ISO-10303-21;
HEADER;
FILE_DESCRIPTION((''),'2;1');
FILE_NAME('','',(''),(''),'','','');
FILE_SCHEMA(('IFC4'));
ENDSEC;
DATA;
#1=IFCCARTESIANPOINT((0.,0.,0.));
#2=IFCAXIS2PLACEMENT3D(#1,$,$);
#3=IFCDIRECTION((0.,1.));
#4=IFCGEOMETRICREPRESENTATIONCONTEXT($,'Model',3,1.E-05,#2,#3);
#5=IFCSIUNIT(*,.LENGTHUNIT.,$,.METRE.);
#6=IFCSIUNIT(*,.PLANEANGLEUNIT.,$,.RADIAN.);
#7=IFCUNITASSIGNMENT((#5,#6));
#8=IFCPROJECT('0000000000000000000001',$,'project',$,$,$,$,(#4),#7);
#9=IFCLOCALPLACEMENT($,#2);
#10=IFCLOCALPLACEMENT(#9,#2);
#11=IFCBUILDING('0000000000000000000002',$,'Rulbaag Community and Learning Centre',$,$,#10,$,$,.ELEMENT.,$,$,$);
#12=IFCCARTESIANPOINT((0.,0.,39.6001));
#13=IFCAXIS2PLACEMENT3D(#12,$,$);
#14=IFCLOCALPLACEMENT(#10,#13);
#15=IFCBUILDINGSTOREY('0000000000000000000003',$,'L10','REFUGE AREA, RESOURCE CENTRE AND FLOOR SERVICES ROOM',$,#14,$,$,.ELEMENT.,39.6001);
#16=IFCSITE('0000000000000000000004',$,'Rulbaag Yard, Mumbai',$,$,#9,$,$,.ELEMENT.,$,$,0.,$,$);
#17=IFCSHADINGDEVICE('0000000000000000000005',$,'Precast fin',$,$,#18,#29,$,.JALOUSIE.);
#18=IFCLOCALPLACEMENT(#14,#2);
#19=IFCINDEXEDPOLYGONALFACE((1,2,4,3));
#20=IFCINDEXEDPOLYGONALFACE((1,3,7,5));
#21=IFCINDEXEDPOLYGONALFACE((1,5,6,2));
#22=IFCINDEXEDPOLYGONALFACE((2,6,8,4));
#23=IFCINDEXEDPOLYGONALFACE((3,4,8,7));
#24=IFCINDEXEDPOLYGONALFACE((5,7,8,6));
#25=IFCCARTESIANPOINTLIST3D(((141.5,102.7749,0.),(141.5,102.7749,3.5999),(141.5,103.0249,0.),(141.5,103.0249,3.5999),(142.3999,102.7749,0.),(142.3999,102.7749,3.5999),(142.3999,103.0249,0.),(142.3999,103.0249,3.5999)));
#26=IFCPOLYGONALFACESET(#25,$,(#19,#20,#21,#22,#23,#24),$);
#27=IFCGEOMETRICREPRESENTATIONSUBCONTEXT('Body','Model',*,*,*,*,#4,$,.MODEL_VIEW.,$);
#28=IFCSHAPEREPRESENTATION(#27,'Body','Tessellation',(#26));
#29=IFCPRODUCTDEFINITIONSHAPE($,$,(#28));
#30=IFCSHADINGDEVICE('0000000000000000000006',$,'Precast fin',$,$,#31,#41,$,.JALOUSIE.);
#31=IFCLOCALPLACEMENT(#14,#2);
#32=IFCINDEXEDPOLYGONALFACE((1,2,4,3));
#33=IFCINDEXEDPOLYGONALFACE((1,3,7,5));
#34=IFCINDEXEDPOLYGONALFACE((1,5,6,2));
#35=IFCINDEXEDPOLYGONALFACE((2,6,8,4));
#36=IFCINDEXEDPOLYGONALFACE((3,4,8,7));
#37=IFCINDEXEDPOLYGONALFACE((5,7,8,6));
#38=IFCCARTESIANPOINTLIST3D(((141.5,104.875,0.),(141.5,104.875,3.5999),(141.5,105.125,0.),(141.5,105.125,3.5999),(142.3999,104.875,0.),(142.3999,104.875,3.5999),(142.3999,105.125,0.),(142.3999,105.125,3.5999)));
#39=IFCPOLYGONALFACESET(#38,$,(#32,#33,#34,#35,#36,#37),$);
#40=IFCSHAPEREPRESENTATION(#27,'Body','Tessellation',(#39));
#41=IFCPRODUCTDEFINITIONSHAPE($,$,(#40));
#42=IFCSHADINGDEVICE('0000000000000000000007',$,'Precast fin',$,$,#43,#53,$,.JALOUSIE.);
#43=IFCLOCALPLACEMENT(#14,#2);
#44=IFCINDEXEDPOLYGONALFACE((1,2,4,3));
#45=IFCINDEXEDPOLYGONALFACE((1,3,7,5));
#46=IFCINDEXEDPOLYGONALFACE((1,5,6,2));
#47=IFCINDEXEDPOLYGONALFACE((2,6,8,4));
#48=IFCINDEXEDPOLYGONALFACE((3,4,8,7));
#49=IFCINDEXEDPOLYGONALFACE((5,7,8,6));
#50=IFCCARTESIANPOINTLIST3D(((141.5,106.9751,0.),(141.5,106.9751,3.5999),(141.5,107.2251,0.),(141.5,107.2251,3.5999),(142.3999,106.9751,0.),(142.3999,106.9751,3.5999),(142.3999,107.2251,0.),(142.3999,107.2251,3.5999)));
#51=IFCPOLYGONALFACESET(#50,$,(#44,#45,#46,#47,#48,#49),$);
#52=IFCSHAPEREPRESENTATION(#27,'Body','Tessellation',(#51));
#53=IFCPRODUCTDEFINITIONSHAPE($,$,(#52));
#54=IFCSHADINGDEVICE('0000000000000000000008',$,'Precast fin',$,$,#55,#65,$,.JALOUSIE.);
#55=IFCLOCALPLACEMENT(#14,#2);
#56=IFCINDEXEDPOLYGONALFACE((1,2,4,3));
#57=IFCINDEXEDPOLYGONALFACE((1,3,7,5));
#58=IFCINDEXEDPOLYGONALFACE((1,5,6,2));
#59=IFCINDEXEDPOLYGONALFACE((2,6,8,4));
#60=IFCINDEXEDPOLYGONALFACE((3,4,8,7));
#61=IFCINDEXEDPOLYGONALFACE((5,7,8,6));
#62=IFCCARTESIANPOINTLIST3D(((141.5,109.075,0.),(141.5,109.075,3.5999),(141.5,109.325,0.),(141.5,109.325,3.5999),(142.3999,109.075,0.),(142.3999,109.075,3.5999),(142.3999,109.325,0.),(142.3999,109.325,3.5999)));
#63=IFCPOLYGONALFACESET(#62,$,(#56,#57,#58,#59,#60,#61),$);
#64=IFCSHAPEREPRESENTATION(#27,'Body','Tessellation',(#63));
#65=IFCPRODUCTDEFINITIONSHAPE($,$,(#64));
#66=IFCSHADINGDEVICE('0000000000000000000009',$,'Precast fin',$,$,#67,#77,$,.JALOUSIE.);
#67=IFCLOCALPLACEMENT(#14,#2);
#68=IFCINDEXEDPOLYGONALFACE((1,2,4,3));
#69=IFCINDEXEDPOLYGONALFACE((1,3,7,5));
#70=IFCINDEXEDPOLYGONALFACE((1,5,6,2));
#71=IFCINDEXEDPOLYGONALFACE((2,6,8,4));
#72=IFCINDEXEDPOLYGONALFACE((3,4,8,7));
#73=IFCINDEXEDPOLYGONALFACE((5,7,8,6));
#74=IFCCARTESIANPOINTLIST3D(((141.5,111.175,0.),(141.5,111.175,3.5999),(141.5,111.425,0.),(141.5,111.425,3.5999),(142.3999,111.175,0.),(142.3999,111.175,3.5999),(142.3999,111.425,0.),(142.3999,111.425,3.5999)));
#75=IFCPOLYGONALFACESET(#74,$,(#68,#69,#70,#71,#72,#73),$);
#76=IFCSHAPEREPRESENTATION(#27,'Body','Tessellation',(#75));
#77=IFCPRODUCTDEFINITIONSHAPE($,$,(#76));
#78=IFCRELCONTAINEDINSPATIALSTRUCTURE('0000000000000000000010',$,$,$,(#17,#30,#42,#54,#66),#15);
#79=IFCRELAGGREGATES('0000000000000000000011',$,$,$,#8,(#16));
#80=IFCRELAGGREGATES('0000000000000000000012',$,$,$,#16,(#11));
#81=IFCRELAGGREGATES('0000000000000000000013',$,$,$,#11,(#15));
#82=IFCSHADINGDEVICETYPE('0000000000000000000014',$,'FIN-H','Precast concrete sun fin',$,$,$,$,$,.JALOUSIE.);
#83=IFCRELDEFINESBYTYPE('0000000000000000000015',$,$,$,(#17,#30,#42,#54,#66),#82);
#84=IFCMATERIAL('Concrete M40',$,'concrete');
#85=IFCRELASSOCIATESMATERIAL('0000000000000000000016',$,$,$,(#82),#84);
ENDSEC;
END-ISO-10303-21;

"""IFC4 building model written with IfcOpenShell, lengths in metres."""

from ifc_helpers import new_model, si_unit, direction, frame, origin, origin_2d, place, context, subcontext, project, spatial, rectangle, extrude, material, material_profile, profile_set, type_object, element, save


model = new_model("IFC4")

# Units and contexts
model_context = context("Model", 3, precision=1e-05, world=origin(), true_north=direction((0.0, 1.0)))
body_context = subcontext(model_context, "Body", "Model", "MODEL_VIEW")
ifc_project = project(units=[si_unit("LENGTHUNIT", "METRE"), si_unit("PLANEANGLEUNIT", "RADIAN")], contexts=[model_context])

# Site, building, storey
site_placement = place(None, origin())
site = spatial("IfcSite", under=ifc_project, at=site_placement, Name="Rulbaag Yard, Mumbai", CompositionType="ELEMENT", RefElevation=0.0)
building_placement = place(site_placement, origin())
building = spatial("IfcBuilding", under=site, at=building_placement, Name="Rulbaag Community and Learning Centre", CompositionType="ELEMENT")
storey_placement = place(building_placement, frame((0.0, 0.0, 39.6001)))
storey = spatial("IfcBuildingStorey", under=building, at=storey_placement, Name="L10", Description="REFUGE AREA, RESOURCE CENTRE AND FLOOR SERVICES ROOM", CompositionType="ELEMENT", Elevation=39.6001)

# Shared definitions
ifc_material = material(Name="Concrete M40", Category="concrete")

# Shading devices
ifc_material_profile = material_profile(ifc_material, rectangle(XDim=0.25, YDim=0.8999, at=origin_2d()), Name="PC 250x900")
ifc_profile_set = profile_set([ifc_material_profile], Name="Concrete M40")
shading_device_type_1 = type_object("IfcShadingDeviceType", Name="FIN-H", Description="Precast concrete sun fin", PredefinedType="JALOUSIE", material=ifc_profile_set)
for number, where, z_axis, x_axis, name in (
    (1, (141.95, 102.8999, 0.0), (0.0, 0.0, 1.0), (0.0, 1.0, 0.0), "Precast fin"),
    (2, (141.95, 105.0, 0.0), (0.0, 0.0, 1.0), (0.0, 1.0, 0.0), "Precast fin"),
    (3, (141.95, 107.1001, 0.0), (0.0, 0.0, 1.0), (0.0, 1.0, 0.0), "Precast fin"),
    (4, (141.95, 109.2, 0.0), (0.0, 0.0, 1.0), (0.0, 1.0, 0.0), "Precast fin"),
    (5, (141.95, 111.3, 0.0), (0.0, 0.0, 1.0), (0.0, 1.0, 0.0), "Precast fin"),
):
    element("IfcShadingDevice", number, at=place(storey_placement, frame(where, z_axis=z_axis, x_axis=x_axis)), inside=storey, type_object=shading_device_type_1, Name=name, PredefinedType="JALOUSIE", context=body_context, shape_type="SweptSolid", body=[
        extrude(rectangle(XDim=0.25, YDim=0.8999, at=origin_2d()), origin(), (0.0, 0.0, 1.0), 3.5999),
    ])

save(model, "model.ifc")
